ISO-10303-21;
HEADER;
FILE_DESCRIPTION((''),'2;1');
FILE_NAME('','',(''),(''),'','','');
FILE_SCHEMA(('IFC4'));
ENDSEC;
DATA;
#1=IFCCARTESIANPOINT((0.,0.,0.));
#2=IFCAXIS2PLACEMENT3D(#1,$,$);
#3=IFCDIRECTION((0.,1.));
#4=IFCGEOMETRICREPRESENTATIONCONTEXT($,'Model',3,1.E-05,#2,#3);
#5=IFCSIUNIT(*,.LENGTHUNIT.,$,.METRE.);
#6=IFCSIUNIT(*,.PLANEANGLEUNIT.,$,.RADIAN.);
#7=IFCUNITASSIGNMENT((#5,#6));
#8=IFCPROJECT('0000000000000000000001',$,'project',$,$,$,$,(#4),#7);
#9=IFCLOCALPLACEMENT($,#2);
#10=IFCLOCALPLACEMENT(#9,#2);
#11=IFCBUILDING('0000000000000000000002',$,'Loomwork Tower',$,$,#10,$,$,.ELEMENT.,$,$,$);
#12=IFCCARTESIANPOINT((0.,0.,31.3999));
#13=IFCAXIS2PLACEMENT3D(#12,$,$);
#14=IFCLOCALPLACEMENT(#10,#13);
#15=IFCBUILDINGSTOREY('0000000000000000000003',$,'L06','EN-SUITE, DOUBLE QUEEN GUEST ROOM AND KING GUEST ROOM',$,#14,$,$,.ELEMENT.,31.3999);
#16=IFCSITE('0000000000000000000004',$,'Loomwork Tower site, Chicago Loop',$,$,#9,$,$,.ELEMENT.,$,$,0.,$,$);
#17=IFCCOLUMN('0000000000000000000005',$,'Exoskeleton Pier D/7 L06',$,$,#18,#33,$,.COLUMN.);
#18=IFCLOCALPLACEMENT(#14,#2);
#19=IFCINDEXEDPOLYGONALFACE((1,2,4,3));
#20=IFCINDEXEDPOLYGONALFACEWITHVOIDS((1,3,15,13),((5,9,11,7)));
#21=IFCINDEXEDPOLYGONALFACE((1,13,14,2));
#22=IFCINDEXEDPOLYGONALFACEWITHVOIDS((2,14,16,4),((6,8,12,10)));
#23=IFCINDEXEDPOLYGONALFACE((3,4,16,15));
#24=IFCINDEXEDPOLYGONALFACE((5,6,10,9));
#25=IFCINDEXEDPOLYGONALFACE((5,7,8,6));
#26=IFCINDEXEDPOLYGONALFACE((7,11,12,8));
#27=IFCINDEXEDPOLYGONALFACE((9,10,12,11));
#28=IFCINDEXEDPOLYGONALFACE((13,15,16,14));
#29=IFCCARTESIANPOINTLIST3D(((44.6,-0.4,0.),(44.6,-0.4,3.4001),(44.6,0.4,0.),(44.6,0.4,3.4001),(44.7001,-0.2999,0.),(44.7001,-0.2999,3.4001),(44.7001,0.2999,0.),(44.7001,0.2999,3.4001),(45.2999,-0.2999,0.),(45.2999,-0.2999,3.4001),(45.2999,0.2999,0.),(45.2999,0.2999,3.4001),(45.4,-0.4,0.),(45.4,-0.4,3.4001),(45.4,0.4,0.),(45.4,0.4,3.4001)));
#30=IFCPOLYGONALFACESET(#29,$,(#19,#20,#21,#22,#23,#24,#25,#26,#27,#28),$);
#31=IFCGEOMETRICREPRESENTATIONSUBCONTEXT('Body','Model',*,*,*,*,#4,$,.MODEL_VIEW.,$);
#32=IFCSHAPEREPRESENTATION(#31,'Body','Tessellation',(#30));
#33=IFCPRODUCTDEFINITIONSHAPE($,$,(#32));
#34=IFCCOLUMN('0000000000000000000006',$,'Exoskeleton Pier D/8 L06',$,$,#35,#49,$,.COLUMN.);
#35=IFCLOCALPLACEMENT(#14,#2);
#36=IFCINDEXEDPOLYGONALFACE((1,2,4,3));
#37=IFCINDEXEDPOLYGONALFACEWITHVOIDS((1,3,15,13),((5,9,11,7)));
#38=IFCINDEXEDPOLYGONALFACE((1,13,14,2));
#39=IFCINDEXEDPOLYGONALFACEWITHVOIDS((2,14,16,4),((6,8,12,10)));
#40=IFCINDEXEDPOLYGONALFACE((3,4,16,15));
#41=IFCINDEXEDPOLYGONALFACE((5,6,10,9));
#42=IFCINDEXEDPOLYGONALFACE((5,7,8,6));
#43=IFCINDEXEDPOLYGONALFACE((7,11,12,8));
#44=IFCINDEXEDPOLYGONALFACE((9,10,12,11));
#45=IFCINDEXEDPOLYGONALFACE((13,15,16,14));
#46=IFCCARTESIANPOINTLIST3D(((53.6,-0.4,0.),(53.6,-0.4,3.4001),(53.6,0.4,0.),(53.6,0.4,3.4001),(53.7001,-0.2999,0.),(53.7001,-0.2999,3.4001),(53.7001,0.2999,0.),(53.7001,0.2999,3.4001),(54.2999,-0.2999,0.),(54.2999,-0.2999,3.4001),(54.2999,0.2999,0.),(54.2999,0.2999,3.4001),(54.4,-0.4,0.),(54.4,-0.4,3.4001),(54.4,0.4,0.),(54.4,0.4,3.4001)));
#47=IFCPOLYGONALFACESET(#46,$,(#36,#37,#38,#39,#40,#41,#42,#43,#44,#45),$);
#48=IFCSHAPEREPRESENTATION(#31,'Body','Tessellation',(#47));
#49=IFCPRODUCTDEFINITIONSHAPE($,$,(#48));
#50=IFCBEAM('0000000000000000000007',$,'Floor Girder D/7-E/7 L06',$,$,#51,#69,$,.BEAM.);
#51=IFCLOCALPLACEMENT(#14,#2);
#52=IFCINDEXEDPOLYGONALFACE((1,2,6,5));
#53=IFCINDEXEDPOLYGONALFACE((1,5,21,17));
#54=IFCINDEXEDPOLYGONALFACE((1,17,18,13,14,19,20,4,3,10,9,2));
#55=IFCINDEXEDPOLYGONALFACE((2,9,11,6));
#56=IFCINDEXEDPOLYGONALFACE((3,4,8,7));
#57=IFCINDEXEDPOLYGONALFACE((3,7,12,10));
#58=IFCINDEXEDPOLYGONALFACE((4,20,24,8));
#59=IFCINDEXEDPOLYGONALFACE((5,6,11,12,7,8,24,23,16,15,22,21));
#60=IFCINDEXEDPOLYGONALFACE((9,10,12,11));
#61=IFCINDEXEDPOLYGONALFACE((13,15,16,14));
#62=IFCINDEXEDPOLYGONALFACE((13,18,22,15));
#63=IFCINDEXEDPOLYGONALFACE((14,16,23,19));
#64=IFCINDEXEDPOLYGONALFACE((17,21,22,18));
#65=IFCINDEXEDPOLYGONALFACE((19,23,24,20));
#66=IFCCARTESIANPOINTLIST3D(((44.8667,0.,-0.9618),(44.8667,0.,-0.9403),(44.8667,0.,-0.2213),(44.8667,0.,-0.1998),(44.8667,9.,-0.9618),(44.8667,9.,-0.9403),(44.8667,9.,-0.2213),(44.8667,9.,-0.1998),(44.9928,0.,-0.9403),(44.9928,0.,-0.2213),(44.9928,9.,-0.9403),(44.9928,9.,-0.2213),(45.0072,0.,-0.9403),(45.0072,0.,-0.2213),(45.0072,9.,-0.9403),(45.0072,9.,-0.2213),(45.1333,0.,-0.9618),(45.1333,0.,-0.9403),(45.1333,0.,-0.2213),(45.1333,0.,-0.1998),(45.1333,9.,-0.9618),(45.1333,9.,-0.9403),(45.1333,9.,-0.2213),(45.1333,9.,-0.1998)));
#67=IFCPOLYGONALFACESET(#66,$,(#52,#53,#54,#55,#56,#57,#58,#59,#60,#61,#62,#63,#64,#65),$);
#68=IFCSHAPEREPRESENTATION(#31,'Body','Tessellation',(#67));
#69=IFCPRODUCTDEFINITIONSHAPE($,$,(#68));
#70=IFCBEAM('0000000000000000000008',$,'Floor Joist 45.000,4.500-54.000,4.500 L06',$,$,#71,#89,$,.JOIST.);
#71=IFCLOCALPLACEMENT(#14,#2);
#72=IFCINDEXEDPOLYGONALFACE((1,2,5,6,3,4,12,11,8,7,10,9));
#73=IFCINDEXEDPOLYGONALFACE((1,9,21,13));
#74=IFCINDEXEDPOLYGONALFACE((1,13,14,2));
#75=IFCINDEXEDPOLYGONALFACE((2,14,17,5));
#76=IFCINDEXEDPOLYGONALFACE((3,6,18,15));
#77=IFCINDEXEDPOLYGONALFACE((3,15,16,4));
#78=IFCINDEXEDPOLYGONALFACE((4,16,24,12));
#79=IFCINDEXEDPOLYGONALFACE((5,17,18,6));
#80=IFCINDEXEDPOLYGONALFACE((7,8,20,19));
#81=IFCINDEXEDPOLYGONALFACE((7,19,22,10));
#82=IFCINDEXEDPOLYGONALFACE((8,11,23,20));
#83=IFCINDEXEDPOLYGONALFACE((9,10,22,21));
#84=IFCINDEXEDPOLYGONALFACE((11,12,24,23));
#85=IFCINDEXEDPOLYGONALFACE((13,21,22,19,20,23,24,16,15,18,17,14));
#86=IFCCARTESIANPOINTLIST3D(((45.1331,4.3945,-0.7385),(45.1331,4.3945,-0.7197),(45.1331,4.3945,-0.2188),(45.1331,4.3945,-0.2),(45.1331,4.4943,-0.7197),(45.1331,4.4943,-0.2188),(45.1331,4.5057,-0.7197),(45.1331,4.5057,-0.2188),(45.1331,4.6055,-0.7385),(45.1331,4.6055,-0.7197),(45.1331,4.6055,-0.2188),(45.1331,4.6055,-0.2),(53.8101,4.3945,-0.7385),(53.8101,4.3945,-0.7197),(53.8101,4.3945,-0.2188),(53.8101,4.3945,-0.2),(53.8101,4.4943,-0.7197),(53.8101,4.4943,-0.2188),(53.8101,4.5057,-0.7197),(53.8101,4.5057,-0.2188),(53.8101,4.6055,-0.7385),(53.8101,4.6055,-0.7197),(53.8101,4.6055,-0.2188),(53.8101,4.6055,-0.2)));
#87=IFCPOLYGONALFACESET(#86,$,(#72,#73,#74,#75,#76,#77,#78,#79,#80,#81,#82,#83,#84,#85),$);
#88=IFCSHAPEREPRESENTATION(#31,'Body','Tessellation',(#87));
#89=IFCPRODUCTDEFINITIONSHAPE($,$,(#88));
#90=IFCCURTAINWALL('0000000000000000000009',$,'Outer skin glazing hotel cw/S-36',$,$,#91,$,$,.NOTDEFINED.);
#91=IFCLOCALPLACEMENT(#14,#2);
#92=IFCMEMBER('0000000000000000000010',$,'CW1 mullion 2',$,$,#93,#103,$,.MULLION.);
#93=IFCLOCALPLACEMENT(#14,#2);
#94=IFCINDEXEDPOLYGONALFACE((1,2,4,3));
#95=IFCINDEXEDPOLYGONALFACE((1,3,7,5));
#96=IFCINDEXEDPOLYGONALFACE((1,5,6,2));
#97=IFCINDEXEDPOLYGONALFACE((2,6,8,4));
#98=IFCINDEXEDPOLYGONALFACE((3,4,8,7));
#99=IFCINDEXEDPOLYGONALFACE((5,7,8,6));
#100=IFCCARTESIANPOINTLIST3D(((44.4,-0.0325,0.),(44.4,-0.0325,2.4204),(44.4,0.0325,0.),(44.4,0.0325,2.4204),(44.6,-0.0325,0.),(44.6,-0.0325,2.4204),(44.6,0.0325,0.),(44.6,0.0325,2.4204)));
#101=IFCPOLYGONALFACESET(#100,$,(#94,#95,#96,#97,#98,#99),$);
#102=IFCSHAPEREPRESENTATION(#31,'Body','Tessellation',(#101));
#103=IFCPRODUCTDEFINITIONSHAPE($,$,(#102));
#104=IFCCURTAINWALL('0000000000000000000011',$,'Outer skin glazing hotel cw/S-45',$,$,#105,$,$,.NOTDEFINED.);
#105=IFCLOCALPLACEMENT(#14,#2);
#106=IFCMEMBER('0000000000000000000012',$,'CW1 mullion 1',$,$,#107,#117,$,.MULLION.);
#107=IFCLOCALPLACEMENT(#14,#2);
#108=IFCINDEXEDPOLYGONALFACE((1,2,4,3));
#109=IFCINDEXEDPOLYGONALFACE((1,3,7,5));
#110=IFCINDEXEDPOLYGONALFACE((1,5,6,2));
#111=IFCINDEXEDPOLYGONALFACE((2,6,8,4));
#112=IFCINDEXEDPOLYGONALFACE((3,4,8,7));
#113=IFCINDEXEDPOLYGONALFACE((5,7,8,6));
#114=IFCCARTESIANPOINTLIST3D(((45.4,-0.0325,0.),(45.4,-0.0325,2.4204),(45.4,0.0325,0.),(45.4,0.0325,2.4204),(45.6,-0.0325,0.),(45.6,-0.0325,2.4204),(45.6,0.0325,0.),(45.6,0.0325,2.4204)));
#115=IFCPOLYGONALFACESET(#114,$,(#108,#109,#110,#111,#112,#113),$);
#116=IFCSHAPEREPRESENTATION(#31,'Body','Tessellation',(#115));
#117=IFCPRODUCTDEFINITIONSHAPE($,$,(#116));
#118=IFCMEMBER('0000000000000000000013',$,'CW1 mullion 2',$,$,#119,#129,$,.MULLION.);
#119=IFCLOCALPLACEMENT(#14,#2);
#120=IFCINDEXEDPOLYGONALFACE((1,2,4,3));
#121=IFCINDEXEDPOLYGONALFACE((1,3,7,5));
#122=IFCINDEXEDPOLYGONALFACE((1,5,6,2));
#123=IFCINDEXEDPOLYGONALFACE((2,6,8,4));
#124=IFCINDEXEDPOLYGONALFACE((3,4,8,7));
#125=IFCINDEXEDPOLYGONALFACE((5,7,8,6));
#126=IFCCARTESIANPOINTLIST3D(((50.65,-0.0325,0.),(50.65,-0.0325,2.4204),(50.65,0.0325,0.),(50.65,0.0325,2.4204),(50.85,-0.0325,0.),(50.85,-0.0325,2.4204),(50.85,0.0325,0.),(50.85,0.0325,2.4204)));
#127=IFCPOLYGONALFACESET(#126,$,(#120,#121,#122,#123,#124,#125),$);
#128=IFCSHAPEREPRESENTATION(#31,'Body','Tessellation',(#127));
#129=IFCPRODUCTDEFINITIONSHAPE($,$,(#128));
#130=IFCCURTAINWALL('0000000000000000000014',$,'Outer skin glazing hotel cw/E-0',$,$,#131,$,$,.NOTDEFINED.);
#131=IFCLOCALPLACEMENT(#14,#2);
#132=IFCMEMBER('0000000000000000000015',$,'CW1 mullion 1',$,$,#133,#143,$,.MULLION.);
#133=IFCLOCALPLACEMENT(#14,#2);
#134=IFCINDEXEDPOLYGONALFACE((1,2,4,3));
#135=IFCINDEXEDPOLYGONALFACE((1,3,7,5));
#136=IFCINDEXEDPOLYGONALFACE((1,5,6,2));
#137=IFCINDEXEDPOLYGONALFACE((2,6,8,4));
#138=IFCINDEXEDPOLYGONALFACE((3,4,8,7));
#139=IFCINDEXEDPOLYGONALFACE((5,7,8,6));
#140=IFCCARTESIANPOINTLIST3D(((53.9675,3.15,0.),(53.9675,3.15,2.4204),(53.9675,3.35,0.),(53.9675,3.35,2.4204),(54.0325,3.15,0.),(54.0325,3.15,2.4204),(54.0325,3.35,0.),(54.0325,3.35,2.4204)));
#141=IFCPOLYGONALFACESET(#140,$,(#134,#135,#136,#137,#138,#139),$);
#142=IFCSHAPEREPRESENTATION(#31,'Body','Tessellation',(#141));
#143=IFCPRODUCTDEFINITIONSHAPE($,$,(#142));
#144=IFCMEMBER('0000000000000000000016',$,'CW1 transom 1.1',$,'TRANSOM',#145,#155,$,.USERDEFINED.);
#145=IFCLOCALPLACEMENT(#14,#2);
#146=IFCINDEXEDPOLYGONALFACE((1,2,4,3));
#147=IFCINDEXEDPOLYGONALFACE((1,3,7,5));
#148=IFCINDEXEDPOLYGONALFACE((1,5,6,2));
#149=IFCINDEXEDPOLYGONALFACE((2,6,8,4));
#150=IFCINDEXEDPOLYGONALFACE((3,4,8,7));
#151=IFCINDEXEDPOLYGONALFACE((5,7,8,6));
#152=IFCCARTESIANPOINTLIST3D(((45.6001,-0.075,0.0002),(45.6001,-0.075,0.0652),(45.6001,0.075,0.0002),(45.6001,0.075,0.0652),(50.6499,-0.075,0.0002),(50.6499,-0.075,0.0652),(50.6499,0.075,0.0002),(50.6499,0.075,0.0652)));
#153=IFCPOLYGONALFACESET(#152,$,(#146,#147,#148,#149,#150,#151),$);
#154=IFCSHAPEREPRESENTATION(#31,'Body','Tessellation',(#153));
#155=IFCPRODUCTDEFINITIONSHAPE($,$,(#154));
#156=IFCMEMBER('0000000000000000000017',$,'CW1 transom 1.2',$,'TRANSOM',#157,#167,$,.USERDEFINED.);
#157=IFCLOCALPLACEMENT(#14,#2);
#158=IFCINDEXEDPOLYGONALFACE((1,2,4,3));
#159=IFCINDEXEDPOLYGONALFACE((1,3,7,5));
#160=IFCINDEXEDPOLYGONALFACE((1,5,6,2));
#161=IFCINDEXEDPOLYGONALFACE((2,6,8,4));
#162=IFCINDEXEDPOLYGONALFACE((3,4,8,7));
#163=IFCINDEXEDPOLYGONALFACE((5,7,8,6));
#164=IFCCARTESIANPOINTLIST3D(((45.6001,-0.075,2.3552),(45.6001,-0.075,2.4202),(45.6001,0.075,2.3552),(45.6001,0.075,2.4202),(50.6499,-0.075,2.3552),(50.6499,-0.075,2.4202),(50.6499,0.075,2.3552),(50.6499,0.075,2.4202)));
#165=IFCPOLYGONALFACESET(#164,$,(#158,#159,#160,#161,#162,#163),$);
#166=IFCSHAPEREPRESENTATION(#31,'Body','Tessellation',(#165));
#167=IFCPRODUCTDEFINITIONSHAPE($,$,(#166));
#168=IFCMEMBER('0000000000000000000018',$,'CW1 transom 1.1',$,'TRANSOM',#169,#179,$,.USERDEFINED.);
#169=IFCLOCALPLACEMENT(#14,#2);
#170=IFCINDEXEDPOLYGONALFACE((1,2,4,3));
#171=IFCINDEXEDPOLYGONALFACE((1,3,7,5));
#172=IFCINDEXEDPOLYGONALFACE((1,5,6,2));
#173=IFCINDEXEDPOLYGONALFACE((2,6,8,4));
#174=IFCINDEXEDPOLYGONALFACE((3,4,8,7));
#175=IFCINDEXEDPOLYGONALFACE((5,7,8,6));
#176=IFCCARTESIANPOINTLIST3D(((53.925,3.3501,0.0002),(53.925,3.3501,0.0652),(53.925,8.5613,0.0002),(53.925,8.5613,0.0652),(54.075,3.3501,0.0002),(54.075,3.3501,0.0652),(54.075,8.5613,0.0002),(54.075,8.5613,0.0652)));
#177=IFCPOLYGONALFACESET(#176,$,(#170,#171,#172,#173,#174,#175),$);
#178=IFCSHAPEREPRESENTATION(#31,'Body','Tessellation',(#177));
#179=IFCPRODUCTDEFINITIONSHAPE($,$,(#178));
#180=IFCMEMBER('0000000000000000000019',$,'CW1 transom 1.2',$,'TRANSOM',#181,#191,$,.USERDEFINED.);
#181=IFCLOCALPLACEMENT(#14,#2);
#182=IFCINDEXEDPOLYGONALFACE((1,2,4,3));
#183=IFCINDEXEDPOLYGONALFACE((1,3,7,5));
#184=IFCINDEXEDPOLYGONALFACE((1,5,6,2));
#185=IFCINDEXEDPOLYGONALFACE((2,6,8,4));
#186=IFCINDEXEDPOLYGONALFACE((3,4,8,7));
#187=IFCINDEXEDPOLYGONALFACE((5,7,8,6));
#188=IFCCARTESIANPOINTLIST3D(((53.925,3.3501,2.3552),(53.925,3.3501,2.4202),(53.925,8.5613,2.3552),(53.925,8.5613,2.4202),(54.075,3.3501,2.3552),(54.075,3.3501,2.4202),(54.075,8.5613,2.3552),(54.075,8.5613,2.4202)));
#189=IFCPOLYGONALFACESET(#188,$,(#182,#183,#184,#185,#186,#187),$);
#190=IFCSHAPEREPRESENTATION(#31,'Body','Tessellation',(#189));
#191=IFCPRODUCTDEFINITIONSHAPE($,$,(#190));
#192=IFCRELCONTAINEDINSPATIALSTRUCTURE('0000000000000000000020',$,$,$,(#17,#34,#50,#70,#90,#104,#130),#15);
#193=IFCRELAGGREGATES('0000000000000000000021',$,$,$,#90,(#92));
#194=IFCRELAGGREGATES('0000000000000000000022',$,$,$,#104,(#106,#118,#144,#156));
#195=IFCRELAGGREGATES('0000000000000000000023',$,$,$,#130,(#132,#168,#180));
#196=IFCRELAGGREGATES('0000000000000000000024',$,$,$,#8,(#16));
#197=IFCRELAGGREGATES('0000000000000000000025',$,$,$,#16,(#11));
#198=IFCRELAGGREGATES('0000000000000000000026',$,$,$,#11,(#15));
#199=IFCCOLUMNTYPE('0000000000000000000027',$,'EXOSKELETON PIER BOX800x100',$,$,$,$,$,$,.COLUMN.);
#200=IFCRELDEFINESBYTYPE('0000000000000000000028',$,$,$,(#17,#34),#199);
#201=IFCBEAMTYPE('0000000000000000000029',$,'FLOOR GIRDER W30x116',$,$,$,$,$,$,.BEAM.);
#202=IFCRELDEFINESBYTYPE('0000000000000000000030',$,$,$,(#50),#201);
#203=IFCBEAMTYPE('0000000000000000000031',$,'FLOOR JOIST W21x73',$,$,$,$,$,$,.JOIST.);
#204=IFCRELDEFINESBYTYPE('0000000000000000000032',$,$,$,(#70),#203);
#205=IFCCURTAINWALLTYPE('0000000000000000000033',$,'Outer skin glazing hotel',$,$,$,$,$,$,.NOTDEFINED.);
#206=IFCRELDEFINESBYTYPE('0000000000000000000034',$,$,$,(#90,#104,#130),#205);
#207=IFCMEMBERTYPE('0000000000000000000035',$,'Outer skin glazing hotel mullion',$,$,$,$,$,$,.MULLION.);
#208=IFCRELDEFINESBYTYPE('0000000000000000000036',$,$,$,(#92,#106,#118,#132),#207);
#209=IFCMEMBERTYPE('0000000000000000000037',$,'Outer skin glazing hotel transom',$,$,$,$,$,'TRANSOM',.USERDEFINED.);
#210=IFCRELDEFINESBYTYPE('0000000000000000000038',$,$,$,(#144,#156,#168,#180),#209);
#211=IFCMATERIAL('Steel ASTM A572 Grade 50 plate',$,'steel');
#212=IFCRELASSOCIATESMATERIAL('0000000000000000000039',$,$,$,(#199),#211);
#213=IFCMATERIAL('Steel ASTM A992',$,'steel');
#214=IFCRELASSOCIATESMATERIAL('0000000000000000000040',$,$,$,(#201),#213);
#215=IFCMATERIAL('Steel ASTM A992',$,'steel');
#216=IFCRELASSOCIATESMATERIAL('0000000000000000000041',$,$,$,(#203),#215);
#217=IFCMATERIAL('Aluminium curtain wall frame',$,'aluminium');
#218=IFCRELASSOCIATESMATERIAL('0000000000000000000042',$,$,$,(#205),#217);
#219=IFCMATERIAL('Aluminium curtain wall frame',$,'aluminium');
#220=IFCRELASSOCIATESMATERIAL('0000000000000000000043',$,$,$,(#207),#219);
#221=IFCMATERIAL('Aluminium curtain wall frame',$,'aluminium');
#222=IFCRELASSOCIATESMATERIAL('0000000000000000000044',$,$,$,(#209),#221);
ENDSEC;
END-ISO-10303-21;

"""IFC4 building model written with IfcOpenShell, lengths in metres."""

from ifc_helpers import new_model, si_unit, direction, frame, origin, origin_2d, place, context, subcontext, project, spatial, rectangle, hollow_rectangle, i_section, extrude, material, material_profile, profile_set, type_object, element, aggregate, save


model = new_model("IFC4")

# Units and contexts
model_context = context("Model", 3, precision=1e-05, world=origin(), true_north=direction((0.0, 1.0)))
body_context = subcontext(model_context, "Body", "Model", "MODEL_VIEW")
ifc_project = project(units=[si_unit("LENGTHUNIT", "METRE"), si_unit("PLANEANGLEUNIT", "RADIAN")], contexts=[model_context])

# Site, building, storey
site_placement = place(None, origin())
site = spatial("IfcSite", under=ifc_project, at=site_placement, Name="Loomwork Tower site, Chicago Loop", CompositionType="ELEMENT", RefElevation=0.0)
building_placement = place(site_placement, origin())
building = spatial("IfcBuilding", under=site, at=building_placement, Name="Loomwork Tower", CompositionType="ELEMENT")
storey_placement = place(building_placement, frame((0.0, 0.0, 31.3999)))
storey = spatial("IfcBuildingStorey", under=building, at=storey_placement, Name="L06", Description="EN-SUITE, DOUBLE QUEEN GUEST ROOM AND KING GUEST ROOM", CompositionType="ELEMENT", Elevation=31.3999)

# Columns
ifc_material_1 = material(Name="Steel ASTM A572 Grade 50 plate", Category="steel")
ifc_material_profile_1 = material_profile(ifc_material_1, hollow_rectangle(XDim=0.8, YDim=0.8, WallThickness=0.1001, at=origin_2d()), Name="BOX800x100")
ifc_profile_set_1 = profile_set([ifc_material_profile_1], Name="Steel ASTM A572 Grade 50 plate")
column_type = type_object("IfcColumnType", Name="EXOSKELETON PIER BOX800x100", PredefinedType="COLUMN", material=ifc_profile_set_1)
for number, where, z_axis, x_axis, name in (
    (1, (45.0, 0.0, 0.0), (0.0, 0.0, 1.0), (1.0, 0.0, 0.0), "Exoskeleton Pier D/7 L06"),
    (2, (54.0, 0.0, 0.0), (0.0, 0.0, 1.0), (1.0, 0.0, 0.0), "Exoskeleton Pier D/8 L06"),
):
    element("IfcColumn", number, at=place(storey_placement, frame(where, z_axis=z_axis, x_axis=x_axis)), inside=storey, type_object=column_type, Name=name, PredefinedType="COLUMN", context=body_context, shape_type="SweptSolid", body=[
        extrude(hollow_rectangle(XDim=0.8, YDim=0.8, WallThickness=0.1001, at=origin_2d()), origin(), (0.0, 0.0, 1.0), 3.4001),
    ])

# Beams
ifc_material_2 = material(Name="Steel ASTM A992", Category="steel")
ifc_material_profile_2 = material_profile(ifc_material_2, i_section(OverallWidth=0.2666, OverallDepth=0.762, WebThickness=0.0144, FlangeThickness=0.0215, at=origin_2d()), Name="W30x116")
ifc_profile_set_2 = profile_set([ifc_material_profile_2], Name="Steel ASTM A992")
beam_type_1 = type_object("IfcBeamType", Name="FLOOR GIRDER W30x116", PredefinedType="BEAM", material=ifc_profile_set_2)
beam_1_placement = place(storey_placement, frame((45.0, 0.0, -0.5808), z_axis=(0.0, 1.0, 0.0), x_axis=(-1.0, 0.0, 0.0)))
element("IfcBeam", 3, at=beam_1_placement, inside=storey, type_object=beam_type_1, Name="Floor Girder D/7-E/7 L06", PredefinedType="BEAM", context=body_context, shape_type="SweptSolid", body=[
    extrude(i_section(OverallWidth=0.2666, OverallDepth=0.762, WebThickness=0.0144, FlangeThickness=0.0215, at=origin_2d()), origin(), (0.0, 0.0, 1.0), 9.0),
])
ifc_material_3 = material(Name="Steel ASTM A992", Category="steel")
ifc_material_profile_3 = material_profile(ifc_material_3, i_section(OverallWidth=0.2109, OverallDepth=0.5386, WebThickness=0.0115, FlangeThickness=0.0188, at=origin_2d()), Name="W21x73")
ifc_profile_set_3 = profile_set([ifc_material_profile_3], Name="Steel ASTM A992")
beam_type_2 = type_object("IfcBeamType", Name="FLOOR JOIST W21x73", PredefinedType="JOIST", material=ifc_profile_set_3)
beam_2_placement = place(storey_placement, frame((45.1331, 4.5, -0.4692), z_axis=(1.0, 0.0, 0.0), x_axis=(0.0, 1.0, 0.0)))
element("IfcBeam", 4, at=beam_2_placement, inside=storey, type_object=beam_type_2, Name="Floor Joist 45.000,4.500-54.000,4.500 L06", PredefinedType="JOIST", context=body_context, shape_type="SweptSolid", body=[
    extrude(i_section(OverallWidth=0.2109, OverallDepth=0.5386, WebThickness=0.0115, FlangeThickness=0.0188, at=origin_2d()), origin(), (0.0, 0.0, 1.0), 8.677),
])

# Curtain wall, member
ifc_material_4 = material(Name="Aluminium curtain wall frame", Category="aluminium")
curtain_wall_type = type_object("IfcCurtainWallType", Name="Outer skin glazing hotel", PredefinedType="NOTDEFINED", material=ifc_material_4)
curtain_wall_1_placement = place(storey_placement, origin())
curtain_wall_1 = element("IfcCurtainWall", 5, at=curtain_wall_1_placement, inside=storey, type_object=curtain_wall_type, Name="Outer skin glazing hotel cw/S-36", PredefinedType="NOTDEFINED")
ifc_material_5 = material(Name="Aluminium curtain wall frame", Category="aluminium")
ifc_material_profile_4 = material_profile(ifc_material_5, rectangle(XDim=0.0649, YDim=0.2, at=origin_2d()), Name="AL 65x200")
ifc_profile_set_4 = profile_set([ifc_material_profile_4], Name="Aluminium curtain wall frame")
member_type_1 = type_object("IfcMemberType", Name="Outer skin glazing hotel mullion", PredefinedType="MULLION", material=ifc_profile_set_4)
member_1_placement = place(storey_placement, frame((44.5, 0.0, 0.0), z_axis=(0.0, 0.0, 1.0), x_axis=(0.0, 1.0, 0.0)))
member_1 = element("IfcMember", 6, at=member_1_placement, type_object=member_type_1, Name="CW1 mullion 2", PredefinedType="MULLION", context=body_context, shape_type="SweptSolid", body=[
    extrude(rectangle(XDim=0.0649, YDim=0.2, at=origin_2d()), origin(), (0.0, 0.0, 1.0), 2.4204),
])
aggregate(curtain_wall_1, [member_1])

# Curtain wall, members
curtain_wall_2_placement = place(storey_placement, origin())
curtain_wall_2 = element("IfcCurtainWall", 7, at=curtain_wall_2_placement, inside=storey, type_object=curtain_wall_type, Name="Outer skin glazing hotel cw/S-45", PredefinedType="NOTDEFINED")
member_2_placement = place(storey_placement, frame((45.5, 0.0, 0.0), z_axis=(0.0, 0.0, 1.0), x_axis=(0.0, 1.0, 0.0)))
member_2 = element("IfcMember", 8, at=member_2_placement, type_object=member_type_1, Name="CW1 mullion 1", PredefinedType="MULLION", context=body_context, shape_type="SweptSolid", body=[
    extrude(rectangle(XDim=0.0649, YDim=0.2, at=origin_2d()), origin(), (0.0, 0.0, 1.0), 2.4204),
])
member_3_placement = place(storey_placement, frame((50.75, 0.0, 0.0), z_axis=(0.0, 0.0, 1.0), x_axis=(0.0, 1.0, 0.0)))
member_3 = element("IfcMember", 9, at=member_3_placement, type_object=member_type_1, Name="CW1 mullion 2", PredefinedType="MULLION", context=body_context, shape_type="SweptSolid", body=[
    extrude(rectangle(XDim=0.0649, YDim=0.2, at=origin_2d()), origin(), (0.0, 0.0, 1.0), 2.4204),
])

# Curtain wall, member
curtain_wall_3_placement = place(storey_placement, origin())
curtain_wall_3 = element("IfcCurtainWall", 10, at=curtain_wall_3_placement, inside=storey, type_object=curtain_wall_type, Name="Outer skin glazing hotel cw/E-0", PredefinedType="NOTDEFINED")
member_4_placement = place(storey_placement, frame((54.0, 3.25, 0.0), z_axis=(0.0, 0.0, 1.0), x_axis=(-1.0, 0.0, 0.0)))
member_4 = element("IfcMember", 11, at=member_4_placement, type_object=member_type_1, Name="CW1 mullion 1", PredefinedType="MULLION", context=body_context, shape_type="SweptSolid", body=[
    extrude(rectangle(XDim=0.0649, YDim=0.2, at=origin_2d()), origin(), (0.0, 0.0, 1.0), 2.4204),
])

# Members
ifc_material_6 = material(Name="Aluminium curtain wall frame", Category="aluminium")
ifc_material_profile_5 = material_profile(ifc_material_6, rectangle(XDim=0.1499, YDim=0.0649, at=origin_2d()), Name="AL 65x150")
ifc_profile_set_5 = profile_set([ifc_material_profile_5], Name="Aluminium curtain wall frame")
member_type_2 = type_object("IfcMemberType", Name="Outer skin glazing hotel transom", ElementType="TRANSOM", PredefinedType="USERDEFINED", material=ifc_profile_set_5)
member_5_placement = place(storey_placement, frame((45.6001, 0.0, 0.0327), z_axis=(1.0, 0.0, 0.0), x_axis=(0.0, 1.0, 0.0)))
member_5 = element("IfcMember", 12, at=member_5_placement, type_object=member_type_2, Name="CW1 transom 1.1", ObjectType="TRANSOM", PredefinedType="USERDEFINED", context=body_context, shape_type="SweptSolid", body=[
    extrude(rectangle(XDim=0.1499, YDim=0.0649, at=origin_2d()), origin(), (0.0, 0.0, 1.0), 5.0498),
])
member_6_placement = place(storey_placement, frame((45.6001, 0.0, 2.3877), z_axis=(1.0, 0.0, 0.0), x_axis=(0.0, 1.0, 0.0)))
member_6 = element("IfcMember", 13, at=member_6_placement, type_object=member_type_2, Name="CW1 transom 1.2", ObjectType="TRANSOM", PredefinedType="USERDEFINED", context=body_context, shape_type="SweptSolid", body=[
    extrude(rectangle(XDim=0.1499, YDim=0.0649, at=origin_2d()), origin(), (0.0, 0.0, 1.0), 5.0498),
])
member_7_placement = place(storey_placement, frame((54.0, 3.3501, 0.0327), z_axis=(0.0, 1.0, 0.0), x_axis=(-1.0, 0.0, 0.0)))
member_7 = element("IfcMember", 14, at=member_7_placement, type_object=member_type_2, Name="CW1 transom 1.1", ObjectType="TRANSOM", PredefinedType="USERDEFINED", context=body_context, shape_type="SweptSolid", body=[
    extrude(rectangle(XDim=0.1499, YDim=0.0649, at=origin_2d()), origin(), (0.0, 0.0, 1.0), 5.2112),
])
member_8_placement = place(storey_placement, frame((54.0, 3.3501, 2.3877), z_axis=(0.0, 1.0, 0.0), x_axis=(-1.0, 0.0, 0.0)))
member_8 = element("IfcMember", 15, at=member_8_placement, type_object=member_type_2, Name="CW1 transom 1.2", ObjectType="TRANSOM", PredefinedType="USERDEFINED", context=body_context, shape_type="SweptSolid", body=[
    extrude(rectangle(XDim=0.1499, YDim=0.0649, at=origin_2d()), origin(), (0.0, 0.0, 1.0), 5.2112),
])

aggregate(curtain_wall_2, [member_2, member_3, member_5, member_6])
aggregate(curtain_wall_3, [member_4, member_7, member_8])

save(model, "model.ifc")
